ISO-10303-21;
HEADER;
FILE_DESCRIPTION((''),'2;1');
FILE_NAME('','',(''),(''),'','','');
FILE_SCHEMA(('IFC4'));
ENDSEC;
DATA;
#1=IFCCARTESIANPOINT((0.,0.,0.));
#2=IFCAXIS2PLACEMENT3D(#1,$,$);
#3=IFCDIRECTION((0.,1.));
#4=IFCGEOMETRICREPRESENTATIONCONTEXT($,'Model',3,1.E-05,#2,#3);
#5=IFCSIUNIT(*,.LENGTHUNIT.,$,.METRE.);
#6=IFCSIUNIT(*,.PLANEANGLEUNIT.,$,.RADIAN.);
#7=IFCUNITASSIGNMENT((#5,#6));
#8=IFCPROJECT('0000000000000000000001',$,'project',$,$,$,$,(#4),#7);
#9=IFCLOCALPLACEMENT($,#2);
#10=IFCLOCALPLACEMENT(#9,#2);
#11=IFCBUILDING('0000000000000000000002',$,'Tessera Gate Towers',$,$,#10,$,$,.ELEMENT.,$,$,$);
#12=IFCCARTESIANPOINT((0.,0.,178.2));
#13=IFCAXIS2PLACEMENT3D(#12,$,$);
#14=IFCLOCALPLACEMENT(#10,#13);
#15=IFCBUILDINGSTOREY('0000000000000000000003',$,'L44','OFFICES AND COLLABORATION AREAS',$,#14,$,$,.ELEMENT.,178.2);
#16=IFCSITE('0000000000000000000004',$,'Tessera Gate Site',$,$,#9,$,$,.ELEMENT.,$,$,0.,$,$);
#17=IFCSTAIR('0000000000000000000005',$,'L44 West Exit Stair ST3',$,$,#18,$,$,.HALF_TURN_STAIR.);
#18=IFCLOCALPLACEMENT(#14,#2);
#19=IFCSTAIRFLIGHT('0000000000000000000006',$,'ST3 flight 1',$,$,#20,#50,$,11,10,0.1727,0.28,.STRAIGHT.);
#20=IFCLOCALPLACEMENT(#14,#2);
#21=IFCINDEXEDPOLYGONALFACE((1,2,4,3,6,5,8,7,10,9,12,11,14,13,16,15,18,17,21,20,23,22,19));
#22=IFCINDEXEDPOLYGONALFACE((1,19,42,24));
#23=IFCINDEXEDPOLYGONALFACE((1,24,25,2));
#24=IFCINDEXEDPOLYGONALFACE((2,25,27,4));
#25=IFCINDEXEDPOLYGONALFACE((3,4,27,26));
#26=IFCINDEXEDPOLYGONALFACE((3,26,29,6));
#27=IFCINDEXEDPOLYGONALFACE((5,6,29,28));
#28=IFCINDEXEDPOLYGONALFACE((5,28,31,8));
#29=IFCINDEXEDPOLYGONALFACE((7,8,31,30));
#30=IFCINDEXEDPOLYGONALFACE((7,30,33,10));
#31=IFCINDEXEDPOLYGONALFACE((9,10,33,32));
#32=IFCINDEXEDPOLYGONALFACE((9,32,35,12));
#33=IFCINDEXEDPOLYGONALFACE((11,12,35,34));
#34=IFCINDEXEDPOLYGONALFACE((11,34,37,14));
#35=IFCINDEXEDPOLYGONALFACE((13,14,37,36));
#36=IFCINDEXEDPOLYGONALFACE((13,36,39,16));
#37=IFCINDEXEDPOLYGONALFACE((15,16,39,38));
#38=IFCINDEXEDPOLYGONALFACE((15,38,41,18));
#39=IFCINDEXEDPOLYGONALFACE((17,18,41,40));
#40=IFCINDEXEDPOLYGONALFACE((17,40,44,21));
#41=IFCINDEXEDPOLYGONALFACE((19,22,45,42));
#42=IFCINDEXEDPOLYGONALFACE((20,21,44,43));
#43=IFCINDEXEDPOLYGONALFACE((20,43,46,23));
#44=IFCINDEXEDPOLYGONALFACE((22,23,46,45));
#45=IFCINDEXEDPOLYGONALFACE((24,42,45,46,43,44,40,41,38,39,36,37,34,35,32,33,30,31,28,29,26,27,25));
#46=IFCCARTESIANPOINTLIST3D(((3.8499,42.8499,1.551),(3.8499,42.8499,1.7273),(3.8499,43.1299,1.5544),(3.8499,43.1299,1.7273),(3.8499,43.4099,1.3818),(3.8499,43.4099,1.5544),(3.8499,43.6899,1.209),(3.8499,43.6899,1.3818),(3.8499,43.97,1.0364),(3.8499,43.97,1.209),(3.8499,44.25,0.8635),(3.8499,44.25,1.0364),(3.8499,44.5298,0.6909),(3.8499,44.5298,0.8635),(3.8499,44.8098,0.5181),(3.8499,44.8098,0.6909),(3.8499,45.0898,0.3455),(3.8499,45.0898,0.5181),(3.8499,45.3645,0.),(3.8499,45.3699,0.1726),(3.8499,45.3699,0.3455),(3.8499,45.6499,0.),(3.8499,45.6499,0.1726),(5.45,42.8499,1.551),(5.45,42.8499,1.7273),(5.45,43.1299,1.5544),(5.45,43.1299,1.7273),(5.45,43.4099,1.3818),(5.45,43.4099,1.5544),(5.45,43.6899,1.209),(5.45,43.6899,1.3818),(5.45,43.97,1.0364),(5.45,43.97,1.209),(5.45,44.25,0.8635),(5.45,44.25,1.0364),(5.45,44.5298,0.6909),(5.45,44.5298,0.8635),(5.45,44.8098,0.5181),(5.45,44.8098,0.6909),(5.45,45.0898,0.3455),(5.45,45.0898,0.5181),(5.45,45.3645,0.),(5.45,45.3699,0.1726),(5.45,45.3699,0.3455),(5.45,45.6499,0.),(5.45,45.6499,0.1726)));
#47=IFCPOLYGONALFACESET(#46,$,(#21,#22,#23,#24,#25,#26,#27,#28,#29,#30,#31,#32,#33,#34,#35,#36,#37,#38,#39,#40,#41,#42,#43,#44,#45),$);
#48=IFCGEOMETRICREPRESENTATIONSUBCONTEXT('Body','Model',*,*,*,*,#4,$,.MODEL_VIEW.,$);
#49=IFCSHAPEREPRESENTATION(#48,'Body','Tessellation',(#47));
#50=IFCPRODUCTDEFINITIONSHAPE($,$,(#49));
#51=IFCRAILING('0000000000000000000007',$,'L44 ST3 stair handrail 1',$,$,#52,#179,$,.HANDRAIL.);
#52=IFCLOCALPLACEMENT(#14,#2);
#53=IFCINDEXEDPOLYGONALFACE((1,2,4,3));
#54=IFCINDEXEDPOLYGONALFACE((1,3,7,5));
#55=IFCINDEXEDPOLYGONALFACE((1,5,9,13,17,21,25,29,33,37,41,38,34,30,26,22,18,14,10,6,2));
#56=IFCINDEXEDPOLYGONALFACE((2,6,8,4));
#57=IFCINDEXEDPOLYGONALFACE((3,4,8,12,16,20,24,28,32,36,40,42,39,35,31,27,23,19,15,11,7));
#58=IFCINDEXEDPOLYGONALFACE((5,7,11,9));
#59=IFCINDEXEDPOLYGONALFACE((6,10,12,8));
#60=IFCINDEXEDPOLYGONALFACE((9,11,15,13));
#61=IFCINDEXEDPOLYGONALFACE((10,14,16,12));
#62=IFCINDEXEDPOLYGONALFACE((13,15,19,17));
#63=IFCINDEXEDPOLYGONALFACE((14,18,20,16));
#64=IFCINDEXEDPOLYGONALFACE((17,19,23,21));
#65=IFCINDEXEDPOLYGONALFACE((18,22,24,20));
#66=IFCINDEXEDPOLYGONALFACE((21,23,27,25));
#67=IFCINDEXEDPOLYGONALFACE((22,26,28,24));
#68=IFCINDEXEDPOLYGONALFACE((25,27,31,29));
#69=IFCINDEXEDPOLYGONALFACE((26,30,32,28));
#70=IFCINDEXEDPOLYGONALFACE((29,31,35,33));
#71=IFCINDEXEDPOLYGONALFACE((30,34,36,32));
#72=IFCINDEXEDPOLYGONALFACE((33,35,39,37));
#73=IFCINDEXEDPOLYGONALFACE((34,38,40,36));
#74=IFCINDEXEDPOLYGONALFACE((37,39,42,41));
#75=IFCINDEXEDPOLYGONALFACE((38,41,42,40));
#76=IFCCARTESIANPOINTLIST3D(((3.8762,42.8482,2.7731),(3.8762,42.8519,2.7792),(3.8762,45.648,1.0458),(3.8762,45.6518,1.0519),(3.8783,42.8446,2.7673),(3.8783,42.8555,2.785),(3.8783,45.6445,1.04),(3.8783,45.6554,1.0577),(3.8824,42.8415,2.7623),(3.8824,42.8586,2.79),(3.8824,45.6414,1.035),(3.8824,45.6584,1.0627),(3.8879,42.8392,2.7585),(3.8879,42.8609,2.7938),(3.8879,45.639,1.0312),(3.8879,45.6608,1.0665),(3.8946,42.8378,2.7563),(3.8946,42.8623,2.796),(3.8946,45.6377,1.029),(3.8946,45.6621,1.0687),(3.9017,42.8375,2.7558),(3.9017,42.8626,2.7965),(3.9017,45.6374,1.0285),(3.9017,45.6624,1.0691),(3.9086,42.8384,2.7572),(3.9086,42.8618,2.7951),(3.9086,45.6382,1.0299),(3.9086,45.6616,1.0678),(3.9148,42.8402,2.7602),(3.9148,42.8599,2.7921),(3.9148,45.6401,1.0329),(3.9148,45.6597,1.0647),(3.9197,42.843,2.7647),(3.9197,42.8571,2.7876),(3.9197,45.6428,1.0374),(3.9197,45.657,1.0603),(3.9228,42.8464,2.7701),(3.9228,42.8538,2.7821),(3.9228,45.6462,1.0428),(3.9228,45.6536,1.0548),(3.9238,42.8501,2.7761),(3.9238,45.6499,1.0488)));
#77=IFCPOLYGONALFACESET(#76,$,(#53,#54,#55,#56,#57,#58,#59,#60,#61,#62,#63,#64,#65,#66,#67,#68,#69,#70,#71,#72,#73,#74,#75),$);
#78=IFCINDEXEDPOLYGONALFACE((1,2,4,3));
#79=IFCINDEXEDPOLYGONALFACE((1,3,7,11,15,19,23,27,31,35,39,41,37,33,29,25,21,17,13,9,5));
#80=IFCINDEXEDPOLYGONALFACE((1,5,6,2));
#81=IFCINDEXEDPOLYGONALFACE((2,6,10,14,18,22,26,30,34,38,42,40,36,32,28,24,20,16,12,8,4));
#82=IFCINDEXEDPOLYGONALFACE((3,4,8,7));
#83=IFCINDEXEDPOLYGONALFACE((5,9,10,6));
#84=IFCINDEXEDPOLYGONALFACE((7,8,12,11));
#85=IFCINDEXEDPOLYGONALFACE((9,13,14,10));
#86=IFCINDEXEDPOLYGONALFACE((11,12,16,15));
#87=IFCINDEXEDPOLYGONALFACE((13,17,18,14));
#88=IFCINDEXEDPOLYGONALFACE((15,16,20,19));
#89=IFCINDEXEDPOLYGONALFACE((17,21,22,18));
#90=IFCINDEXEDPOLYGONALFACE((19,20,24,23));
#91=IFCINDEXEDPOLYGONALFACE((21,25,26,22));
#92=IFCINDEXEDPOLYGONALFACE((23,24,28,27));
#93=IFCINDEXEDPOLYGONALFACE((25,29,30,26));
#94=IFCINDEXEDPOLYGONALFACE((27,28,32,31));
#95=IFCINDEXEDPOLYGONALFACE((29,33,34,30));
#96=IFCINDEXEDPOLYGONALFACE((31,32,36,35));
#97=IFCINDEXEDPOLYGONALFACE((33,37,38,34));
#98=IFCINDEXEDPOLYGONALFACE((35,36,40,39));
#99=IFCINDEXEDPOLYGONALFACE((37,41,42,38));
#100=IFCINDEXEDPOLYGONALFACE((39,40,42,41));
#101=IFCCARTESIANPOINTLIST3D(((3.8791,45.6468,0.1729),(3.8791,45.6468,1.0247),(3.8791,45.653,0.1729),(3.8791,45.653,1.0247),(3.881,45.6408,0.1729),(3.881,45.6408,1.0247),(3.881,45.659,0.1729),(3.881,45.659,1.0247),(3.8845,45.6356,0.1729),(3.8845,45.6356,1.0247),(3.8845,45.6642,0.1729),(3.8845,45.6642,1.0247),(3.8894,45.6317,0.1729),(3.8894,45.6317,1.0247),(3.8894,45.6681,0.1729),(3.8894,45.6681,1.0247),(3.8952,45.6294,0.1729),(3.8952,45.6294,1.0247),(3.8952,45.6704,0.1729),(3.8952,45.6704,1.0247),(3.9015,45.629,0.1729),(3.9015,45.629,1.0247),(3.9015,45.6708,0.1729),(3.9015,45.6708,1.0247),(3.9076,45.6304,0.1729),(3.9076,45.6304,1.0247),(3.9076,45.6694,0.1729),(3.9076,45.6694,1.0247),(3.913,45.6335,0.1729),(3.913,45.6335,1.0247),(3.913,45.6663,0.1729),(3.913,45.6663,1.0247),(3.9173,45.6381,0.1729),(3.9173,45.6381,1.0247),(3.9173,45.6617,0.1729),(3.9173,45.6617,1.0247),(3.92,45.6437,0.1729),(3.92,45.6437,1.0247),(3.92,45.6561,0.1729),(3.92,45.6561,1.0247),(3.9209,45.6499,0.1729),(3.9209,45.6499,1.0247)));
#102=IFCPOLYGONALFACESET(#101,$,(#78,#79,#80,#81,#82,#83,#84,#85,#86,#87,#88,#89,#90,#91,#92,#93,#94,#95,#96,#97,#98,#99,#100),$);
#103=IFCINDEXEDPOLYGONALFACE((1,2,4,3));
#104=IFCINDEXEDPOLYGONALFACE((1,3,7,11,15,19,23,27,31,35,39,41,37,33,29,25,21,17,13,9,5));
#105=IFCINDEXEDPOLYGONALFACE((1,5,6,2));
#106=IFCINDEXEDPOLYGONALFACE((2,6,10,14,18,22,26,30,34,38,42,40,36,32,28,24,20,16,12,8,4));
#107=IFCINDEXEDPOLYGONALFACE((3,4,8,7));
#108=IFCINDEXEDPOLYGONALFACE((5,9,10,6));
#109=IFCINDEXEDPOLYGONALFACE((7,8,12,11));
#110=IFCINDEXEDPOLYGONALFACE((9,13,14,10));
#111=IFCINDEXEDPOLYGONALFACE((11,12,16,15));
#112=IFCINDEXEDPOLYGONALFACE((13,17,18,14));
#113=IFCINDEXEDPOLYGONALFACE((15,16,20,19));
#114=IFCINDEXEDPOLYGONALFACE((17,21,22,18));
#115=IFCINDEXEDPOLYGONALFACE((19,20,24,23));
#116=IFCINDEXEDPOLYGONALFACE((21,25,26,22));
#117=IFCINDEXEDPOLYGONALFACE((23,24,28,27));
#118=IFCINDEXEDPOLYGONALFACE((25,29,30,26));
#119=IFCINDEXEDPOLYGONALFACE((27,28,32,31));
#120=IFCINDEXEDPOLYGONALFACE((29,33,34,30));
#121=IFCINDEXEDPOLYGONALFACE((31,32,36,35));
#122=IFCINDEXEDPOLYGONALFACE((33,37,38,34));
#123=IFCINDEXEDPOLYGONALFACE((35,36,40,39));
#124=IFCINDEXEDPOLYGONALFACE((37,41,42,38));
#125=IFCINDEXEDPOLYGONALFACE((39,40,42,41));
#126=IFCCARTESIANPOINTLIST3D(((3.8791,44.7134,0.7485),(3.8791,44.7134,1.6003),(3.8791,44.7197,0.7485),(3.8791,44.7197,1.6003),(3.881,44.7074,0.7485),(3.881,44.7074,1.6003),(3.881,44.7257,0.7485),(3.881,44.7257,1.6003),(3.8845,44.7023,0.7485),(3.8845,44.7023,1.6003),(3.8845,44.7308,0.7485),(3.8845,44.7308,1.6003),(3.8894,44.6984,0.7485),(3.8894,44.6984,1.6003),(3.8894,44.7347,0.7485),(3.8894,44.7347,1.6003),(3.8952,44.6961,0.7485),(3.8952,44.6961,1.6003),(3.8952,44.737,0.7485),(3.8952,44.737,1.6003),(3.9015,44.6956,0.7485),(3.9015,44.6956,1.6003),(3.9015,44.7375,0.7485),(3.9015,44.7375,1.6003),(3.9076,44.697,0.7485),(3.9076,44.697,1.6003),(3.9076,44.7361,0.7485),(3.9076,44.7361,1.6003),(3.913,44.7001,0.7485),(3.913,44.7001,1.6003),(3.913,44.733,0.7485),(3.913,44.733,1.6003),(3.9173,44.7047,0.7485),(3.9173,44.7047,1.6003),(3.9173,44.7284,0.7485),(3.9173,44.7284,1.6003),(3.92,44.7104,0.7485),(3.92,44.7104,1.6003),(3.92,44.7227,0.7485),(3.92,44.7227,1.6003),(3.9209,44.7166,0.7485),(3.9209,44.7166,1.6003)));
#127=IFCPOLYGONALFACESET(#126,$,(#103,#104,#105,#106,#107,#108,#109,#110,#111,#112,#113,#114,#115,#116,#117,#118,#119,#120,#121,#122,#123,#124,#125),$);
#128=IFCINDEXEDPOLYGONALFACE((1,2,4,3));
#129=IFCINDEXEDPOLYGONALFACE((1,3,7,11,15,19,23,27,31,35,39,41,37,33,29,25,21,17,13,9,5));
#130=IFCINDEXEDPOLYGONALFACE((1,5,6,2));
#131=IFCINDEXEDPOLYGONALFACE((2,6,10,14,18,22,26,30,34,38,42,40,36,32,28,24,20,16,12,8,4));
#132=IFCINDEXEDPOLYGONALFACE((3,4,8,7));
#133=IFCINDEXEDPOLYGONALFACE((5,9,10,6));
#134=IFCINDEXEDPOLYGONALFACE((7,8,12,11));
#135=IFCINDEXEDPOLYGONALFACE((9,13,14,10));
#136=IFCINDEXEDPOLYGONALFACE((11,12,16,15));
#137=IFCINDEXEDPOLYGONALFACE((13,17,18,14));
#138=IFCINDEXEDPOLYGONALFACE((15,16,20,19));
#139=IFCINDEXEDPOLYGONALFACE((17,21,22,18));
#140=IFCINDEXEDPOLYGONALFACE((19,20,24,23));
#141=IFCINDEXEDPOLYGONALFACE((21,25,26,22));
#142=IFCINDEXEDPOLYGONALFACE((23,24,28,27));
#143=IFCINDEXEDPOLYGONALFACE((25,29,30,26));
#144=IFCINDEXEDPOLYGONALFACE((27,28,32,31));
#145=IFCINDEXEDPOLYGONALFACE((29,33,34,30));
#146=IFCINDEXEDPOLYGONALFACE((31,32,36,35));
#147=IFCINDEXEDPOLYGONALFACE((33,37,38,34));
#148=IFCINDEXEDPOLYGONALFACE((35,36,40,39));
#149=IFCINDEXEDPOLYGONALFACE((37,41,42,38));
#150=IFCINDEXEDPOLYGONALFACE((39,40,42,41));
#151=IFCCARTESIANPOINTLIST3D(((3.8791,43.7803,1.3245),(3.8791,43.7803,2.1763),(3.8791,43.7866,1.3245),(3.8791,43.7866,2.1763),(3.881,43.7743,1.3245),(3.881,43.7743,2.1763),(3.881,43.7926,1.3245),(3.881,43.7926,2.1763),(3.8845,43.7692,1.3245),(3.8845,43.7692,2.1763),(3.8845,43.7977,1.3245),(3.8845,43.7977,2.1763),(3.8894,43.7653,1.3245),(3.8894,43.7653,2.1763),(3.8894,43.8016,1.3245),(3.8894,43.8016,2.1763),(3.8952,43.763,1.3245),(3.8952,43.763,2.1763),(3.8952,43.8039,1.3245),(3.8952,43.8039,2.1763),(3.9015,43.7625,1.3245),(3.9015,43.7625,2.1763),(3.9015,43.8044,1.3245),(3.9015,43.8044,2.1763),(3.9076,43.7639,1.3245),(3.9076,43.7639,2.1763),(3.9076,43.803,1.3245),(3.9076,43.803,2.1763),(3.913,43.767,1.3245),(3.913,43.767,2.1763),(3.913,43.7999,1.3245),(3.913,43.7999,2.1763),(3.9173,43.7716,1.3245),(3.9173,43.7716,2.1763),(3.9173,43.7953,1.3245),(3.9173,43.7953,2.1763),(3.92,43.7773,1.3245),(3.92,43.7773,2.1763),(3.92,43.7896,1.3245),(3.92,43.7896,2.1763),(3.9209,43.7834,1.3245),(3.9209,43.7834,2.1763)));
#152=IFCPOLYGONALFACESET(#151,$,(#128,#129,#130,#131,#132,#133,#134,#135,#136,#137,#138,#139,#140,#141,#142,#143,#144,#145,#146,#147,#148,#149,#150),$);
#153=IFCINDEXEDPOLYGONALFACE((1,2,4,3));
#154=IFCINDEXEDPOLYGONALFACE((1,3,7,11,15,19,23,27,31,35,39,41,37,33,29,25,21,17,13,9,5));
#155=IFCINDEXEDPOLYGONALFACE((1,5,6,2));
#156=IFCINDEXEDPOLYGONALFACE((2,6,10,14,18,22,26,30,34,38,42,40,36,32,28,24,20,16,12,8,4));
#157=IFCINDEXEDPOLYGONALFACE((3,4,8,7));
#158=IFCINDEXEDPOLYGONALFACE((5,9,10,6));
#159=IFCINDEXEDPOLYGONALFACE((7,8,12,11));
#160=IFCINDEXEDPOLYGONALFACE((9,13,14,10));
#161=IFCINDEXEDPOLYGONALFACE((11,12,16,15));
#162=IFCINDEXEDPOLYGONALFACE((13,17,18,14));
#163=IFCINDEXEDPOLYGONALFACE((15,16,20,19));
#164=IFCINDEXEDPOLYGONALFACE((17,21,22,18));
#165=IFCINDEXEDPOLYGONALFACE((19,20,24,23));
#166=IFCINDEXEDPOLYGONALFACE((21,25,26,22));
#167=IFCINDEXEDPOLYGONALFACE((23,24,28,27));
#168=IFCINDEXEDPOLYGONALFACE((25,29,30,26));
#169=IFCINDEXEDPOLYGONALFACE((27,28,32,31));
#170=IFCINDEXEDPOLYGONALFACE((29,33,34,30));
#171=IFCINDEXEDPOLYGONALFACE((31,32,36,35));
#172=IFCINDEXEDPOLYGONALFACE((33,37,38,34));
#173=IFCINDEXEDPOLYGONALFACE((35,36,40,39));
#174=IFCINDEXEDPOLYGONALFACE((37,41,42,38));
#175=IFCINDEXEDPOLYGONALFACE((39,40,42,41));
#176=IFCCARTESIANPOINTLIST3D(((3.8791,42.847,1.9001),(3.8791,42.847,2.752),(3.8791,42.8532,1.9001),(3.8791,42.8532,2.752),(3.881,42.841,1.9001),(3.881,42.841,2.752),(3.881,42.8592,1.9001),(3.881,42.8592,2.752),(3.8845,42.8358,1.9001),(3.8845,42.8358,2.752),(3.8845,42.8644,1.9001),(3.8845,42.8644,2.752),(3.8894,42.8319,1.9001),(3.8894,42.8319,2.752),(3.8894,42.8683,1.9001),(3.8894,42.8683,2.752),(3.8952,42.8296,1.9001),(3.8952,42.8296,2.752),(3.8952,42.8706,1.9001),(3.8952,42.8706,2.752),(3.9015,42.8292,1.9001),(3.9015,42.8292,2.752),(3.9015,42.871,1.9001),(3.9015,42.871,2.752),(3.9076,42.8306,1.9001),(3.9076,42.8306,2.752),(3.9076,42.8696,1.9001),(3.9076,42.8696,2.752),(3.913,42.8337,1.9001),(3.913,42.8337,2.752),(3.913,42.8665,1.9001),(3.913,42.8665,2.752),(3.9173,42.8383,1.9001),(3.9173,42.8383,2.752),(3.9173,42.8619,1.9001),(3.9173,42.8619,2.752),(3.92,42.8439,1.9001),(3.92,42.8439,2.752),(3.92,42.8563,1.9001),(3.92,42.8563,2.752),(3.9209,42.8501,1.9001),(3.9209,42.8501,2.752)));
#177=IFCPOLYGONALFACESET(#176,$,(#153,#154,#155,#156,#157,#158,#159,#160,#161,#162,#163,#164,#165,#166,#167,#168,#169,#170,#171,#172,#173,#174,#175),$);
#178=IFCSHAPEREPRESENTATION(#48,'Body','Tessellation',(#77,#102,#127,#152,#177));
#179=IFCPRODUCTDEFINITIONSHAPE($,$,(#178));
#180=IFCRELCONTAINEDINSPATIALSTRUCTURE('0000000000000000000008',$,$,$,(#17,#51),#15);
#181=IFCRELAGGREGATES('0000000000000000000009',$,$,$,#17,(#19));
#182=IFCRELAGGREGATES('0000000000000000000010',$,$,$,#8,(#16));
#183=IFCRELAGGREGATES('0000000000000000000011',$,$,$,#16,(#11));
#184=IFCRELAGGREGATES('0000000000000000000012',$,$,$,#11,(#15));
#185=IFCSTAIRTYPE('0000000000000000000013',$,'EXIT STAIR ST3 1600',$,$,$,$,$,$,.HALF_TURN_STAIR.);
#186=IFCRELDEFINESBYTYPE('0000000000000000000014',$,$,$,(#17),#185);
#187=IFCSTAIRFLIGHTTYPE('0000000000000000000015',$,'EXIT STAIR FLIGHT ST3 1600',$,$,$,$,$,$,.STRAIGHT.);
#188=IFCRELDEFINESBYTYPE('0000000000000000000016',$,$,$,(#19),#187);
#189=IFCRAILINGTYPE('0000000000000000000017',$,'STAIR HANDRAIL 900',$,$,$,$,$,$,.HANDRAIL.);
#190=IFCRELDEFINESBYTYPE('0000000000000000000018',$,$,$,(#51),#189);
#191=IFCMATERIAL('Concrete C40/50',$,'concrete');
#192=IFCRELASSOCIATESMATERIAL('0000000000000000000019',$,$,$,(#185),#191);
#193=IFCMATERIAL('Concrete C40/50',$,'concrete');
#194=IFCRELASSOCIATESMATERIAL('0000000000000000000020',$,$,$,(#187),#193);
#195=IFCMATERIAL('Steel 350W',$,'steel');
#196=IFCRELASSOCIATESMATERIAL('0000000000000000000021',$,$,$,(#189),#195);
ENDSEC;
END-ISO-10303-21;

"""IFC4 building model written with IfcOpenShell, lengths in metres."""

from ifc_helpers import new_model, si_unit, direction, frame, origin, origin_2d, place, context, subcontext, project, spatial, polyline, circle, outline, extrude, material, type_object, element, aggregate, save


model = new_model("IFC4")

# Units and contexts
model_context = context("Model", 3, precision=1e-05, world=origin(), true_north=direction((0.0, 1.0)))
body_context = subcontext(model_context, "Body", "Model", "MODEL_VIEW")
ifc_project = project(units=[si_unit("LENGTHUNIT", "METRE"), si_unit("PLANEANGLEUNIT", "RADIAN")], contexts=[model_context])

# Site, building, storey
site_placement = place(None, origin())
site = spatial("IfcSite", under=ifc_project, at=site_placement, Name="Tessera Gate Site", CompositionType="ELEMENT", RefElevation=0.0)
building_placement = place(site_placement, origin())
building = spatial("IfcBuilding", under=site, at=building_placement, Name="Tessera Gate Towers", CompositionType="ELEMENT")
storey_placement = place(building_placement, frame((0.0, 0.0, 178.2)))
storey = spatial("IfcBuildingStorey", under=building, at=storey_placement, Name="L44", Description="OFFICES AND COLLABORATION AREAS", CompositionType="ELEMENT", Elevation=178.2)

# Stair, stair flight
ifc_material_1 = material(Name="Concrete C40/50", Category="concrete")
stair_type = type_object("IfcStairType", Name="EXIT STAIR ST3 1600", PredefinedType="HALF_TURN_STAIR", material=ifc_material_1)
stair_placement = place(storey_placement, origin())
stair = element("IfcStair", 1, at=stair_placement, inside=storey, type_object=stair_type, Name="L44 West Exit Stair ST3", PredefinedType="HALF_TURN_STAIR")
ifc_material_2 = material(Name="Concrete C40/50", Category="concrete")
stair_flight_type = type_object("IfcStairFlightType", Name="EXIT STAIR FLIGHT ST3 1600", PredefinedType="STRAIGHT", material=ifc_material_2)
stair_flight_placement = place(storey_placement, frame((4.6499, 45.6499, 0.0), z_axis=(0.0, 0.0, 1.0), x_axis=(0.0, -1.0, 0.0)))
stair_flight = element("IfcStairFlight", 2, at=stair_flight_placement, type_object=stair_flight_type, Name="ST3 flight 1", NumberOfRisers=11, NumberOfTreads=10, PredefinedType="STRAIGHT", RiserHeight=0.1727, TreadLength=0.28, context=body_context, shape_type="SweptSolid", body=[
    extrude(outline(polyline([(0.0, 0.0), (0.0, 0.1726), (0.28, 0.1726), (0.28, 0.3455), (0.5601, 0.3455), (0.5601, 0.5181), (0.8401, 0.5181), (0.8401, 0.6909), (1.1201, 0.6909), (1.1201, 0.8635), (1.3999, 0.8635), (1.3999, 1.0364), (1.6799, 1.0364), (1.6799, 1.209), (1.96, 1.209), (1.96, 1.3818), (2.24, 1.3818), (2.24, 1.5544), (2.52, 1.5544), (2.52, 1.7273), (2.8, 1.7273), (2.8, 1.8999), (2.8, 1.551), (0.2854, 0.0), (0.0, 0.0)])), frame((0.0, 0.8, 0.0), z_axis=(0.0, -1.0, 0.0), x_axis=(1.0, 0.0, 0.0)), (0.0, 0.0, 1.0), 1.6001),
])
aggregate(stair, [stair_flight])

# Railing
ifc_material_3 = material(Name="Steel 350W", Category="steel")
railing_type_1 = type_object("IfcRailingType", Name="STAIR HANDRAIL 900", PredefinedType="HANDRAIL", material=ifc_material_3)
railing_1_placement = place(storey_placement, frame((3.8999, 45.6499, 0.1729)))
element("IfcRailing", 3, at=railing_1_placement, inside=storey, type_object=railing_type_1, Name="L44 ST3 stair handrail 1", PredefinedType="HANDRAIL", context=body_context, shape_type="SweptSolid", body=[
    extrude(circle(Radius=0.0239, at=origin_2d()), frame((0.0, 0.0, 0.876), z_axis=(0.0, -0.851069, 0.525054), x_axis=(1.0, 0.0, 0.0)), (0.0, 0.0, 1.0), 3.2898),
    extrude(circle(Radius=0.021, at=origin_2d()), origin(), (0.0, 0.0, 1.0), 0.8518),
    extrude(circle(Radius=0.021, at=origin_2d()), frame((0.0, -0.9333, 0.5757)), (0.0, 0.0, 1.0), 0.8518),
    extrude(circle(Radius=0.021, at=origin_2d()), frame((0.0, -1.8665, 1.1516)), (0.0, 0.0, 1.0), 0.8518),
    extrude(circle(Radius=0.021, at=origin_2d()), frame((0.0, -2.7998, 1.7273)), (0.0, 0.0, 1.0), 0.8518),
])

save(model, "model.ifc")
